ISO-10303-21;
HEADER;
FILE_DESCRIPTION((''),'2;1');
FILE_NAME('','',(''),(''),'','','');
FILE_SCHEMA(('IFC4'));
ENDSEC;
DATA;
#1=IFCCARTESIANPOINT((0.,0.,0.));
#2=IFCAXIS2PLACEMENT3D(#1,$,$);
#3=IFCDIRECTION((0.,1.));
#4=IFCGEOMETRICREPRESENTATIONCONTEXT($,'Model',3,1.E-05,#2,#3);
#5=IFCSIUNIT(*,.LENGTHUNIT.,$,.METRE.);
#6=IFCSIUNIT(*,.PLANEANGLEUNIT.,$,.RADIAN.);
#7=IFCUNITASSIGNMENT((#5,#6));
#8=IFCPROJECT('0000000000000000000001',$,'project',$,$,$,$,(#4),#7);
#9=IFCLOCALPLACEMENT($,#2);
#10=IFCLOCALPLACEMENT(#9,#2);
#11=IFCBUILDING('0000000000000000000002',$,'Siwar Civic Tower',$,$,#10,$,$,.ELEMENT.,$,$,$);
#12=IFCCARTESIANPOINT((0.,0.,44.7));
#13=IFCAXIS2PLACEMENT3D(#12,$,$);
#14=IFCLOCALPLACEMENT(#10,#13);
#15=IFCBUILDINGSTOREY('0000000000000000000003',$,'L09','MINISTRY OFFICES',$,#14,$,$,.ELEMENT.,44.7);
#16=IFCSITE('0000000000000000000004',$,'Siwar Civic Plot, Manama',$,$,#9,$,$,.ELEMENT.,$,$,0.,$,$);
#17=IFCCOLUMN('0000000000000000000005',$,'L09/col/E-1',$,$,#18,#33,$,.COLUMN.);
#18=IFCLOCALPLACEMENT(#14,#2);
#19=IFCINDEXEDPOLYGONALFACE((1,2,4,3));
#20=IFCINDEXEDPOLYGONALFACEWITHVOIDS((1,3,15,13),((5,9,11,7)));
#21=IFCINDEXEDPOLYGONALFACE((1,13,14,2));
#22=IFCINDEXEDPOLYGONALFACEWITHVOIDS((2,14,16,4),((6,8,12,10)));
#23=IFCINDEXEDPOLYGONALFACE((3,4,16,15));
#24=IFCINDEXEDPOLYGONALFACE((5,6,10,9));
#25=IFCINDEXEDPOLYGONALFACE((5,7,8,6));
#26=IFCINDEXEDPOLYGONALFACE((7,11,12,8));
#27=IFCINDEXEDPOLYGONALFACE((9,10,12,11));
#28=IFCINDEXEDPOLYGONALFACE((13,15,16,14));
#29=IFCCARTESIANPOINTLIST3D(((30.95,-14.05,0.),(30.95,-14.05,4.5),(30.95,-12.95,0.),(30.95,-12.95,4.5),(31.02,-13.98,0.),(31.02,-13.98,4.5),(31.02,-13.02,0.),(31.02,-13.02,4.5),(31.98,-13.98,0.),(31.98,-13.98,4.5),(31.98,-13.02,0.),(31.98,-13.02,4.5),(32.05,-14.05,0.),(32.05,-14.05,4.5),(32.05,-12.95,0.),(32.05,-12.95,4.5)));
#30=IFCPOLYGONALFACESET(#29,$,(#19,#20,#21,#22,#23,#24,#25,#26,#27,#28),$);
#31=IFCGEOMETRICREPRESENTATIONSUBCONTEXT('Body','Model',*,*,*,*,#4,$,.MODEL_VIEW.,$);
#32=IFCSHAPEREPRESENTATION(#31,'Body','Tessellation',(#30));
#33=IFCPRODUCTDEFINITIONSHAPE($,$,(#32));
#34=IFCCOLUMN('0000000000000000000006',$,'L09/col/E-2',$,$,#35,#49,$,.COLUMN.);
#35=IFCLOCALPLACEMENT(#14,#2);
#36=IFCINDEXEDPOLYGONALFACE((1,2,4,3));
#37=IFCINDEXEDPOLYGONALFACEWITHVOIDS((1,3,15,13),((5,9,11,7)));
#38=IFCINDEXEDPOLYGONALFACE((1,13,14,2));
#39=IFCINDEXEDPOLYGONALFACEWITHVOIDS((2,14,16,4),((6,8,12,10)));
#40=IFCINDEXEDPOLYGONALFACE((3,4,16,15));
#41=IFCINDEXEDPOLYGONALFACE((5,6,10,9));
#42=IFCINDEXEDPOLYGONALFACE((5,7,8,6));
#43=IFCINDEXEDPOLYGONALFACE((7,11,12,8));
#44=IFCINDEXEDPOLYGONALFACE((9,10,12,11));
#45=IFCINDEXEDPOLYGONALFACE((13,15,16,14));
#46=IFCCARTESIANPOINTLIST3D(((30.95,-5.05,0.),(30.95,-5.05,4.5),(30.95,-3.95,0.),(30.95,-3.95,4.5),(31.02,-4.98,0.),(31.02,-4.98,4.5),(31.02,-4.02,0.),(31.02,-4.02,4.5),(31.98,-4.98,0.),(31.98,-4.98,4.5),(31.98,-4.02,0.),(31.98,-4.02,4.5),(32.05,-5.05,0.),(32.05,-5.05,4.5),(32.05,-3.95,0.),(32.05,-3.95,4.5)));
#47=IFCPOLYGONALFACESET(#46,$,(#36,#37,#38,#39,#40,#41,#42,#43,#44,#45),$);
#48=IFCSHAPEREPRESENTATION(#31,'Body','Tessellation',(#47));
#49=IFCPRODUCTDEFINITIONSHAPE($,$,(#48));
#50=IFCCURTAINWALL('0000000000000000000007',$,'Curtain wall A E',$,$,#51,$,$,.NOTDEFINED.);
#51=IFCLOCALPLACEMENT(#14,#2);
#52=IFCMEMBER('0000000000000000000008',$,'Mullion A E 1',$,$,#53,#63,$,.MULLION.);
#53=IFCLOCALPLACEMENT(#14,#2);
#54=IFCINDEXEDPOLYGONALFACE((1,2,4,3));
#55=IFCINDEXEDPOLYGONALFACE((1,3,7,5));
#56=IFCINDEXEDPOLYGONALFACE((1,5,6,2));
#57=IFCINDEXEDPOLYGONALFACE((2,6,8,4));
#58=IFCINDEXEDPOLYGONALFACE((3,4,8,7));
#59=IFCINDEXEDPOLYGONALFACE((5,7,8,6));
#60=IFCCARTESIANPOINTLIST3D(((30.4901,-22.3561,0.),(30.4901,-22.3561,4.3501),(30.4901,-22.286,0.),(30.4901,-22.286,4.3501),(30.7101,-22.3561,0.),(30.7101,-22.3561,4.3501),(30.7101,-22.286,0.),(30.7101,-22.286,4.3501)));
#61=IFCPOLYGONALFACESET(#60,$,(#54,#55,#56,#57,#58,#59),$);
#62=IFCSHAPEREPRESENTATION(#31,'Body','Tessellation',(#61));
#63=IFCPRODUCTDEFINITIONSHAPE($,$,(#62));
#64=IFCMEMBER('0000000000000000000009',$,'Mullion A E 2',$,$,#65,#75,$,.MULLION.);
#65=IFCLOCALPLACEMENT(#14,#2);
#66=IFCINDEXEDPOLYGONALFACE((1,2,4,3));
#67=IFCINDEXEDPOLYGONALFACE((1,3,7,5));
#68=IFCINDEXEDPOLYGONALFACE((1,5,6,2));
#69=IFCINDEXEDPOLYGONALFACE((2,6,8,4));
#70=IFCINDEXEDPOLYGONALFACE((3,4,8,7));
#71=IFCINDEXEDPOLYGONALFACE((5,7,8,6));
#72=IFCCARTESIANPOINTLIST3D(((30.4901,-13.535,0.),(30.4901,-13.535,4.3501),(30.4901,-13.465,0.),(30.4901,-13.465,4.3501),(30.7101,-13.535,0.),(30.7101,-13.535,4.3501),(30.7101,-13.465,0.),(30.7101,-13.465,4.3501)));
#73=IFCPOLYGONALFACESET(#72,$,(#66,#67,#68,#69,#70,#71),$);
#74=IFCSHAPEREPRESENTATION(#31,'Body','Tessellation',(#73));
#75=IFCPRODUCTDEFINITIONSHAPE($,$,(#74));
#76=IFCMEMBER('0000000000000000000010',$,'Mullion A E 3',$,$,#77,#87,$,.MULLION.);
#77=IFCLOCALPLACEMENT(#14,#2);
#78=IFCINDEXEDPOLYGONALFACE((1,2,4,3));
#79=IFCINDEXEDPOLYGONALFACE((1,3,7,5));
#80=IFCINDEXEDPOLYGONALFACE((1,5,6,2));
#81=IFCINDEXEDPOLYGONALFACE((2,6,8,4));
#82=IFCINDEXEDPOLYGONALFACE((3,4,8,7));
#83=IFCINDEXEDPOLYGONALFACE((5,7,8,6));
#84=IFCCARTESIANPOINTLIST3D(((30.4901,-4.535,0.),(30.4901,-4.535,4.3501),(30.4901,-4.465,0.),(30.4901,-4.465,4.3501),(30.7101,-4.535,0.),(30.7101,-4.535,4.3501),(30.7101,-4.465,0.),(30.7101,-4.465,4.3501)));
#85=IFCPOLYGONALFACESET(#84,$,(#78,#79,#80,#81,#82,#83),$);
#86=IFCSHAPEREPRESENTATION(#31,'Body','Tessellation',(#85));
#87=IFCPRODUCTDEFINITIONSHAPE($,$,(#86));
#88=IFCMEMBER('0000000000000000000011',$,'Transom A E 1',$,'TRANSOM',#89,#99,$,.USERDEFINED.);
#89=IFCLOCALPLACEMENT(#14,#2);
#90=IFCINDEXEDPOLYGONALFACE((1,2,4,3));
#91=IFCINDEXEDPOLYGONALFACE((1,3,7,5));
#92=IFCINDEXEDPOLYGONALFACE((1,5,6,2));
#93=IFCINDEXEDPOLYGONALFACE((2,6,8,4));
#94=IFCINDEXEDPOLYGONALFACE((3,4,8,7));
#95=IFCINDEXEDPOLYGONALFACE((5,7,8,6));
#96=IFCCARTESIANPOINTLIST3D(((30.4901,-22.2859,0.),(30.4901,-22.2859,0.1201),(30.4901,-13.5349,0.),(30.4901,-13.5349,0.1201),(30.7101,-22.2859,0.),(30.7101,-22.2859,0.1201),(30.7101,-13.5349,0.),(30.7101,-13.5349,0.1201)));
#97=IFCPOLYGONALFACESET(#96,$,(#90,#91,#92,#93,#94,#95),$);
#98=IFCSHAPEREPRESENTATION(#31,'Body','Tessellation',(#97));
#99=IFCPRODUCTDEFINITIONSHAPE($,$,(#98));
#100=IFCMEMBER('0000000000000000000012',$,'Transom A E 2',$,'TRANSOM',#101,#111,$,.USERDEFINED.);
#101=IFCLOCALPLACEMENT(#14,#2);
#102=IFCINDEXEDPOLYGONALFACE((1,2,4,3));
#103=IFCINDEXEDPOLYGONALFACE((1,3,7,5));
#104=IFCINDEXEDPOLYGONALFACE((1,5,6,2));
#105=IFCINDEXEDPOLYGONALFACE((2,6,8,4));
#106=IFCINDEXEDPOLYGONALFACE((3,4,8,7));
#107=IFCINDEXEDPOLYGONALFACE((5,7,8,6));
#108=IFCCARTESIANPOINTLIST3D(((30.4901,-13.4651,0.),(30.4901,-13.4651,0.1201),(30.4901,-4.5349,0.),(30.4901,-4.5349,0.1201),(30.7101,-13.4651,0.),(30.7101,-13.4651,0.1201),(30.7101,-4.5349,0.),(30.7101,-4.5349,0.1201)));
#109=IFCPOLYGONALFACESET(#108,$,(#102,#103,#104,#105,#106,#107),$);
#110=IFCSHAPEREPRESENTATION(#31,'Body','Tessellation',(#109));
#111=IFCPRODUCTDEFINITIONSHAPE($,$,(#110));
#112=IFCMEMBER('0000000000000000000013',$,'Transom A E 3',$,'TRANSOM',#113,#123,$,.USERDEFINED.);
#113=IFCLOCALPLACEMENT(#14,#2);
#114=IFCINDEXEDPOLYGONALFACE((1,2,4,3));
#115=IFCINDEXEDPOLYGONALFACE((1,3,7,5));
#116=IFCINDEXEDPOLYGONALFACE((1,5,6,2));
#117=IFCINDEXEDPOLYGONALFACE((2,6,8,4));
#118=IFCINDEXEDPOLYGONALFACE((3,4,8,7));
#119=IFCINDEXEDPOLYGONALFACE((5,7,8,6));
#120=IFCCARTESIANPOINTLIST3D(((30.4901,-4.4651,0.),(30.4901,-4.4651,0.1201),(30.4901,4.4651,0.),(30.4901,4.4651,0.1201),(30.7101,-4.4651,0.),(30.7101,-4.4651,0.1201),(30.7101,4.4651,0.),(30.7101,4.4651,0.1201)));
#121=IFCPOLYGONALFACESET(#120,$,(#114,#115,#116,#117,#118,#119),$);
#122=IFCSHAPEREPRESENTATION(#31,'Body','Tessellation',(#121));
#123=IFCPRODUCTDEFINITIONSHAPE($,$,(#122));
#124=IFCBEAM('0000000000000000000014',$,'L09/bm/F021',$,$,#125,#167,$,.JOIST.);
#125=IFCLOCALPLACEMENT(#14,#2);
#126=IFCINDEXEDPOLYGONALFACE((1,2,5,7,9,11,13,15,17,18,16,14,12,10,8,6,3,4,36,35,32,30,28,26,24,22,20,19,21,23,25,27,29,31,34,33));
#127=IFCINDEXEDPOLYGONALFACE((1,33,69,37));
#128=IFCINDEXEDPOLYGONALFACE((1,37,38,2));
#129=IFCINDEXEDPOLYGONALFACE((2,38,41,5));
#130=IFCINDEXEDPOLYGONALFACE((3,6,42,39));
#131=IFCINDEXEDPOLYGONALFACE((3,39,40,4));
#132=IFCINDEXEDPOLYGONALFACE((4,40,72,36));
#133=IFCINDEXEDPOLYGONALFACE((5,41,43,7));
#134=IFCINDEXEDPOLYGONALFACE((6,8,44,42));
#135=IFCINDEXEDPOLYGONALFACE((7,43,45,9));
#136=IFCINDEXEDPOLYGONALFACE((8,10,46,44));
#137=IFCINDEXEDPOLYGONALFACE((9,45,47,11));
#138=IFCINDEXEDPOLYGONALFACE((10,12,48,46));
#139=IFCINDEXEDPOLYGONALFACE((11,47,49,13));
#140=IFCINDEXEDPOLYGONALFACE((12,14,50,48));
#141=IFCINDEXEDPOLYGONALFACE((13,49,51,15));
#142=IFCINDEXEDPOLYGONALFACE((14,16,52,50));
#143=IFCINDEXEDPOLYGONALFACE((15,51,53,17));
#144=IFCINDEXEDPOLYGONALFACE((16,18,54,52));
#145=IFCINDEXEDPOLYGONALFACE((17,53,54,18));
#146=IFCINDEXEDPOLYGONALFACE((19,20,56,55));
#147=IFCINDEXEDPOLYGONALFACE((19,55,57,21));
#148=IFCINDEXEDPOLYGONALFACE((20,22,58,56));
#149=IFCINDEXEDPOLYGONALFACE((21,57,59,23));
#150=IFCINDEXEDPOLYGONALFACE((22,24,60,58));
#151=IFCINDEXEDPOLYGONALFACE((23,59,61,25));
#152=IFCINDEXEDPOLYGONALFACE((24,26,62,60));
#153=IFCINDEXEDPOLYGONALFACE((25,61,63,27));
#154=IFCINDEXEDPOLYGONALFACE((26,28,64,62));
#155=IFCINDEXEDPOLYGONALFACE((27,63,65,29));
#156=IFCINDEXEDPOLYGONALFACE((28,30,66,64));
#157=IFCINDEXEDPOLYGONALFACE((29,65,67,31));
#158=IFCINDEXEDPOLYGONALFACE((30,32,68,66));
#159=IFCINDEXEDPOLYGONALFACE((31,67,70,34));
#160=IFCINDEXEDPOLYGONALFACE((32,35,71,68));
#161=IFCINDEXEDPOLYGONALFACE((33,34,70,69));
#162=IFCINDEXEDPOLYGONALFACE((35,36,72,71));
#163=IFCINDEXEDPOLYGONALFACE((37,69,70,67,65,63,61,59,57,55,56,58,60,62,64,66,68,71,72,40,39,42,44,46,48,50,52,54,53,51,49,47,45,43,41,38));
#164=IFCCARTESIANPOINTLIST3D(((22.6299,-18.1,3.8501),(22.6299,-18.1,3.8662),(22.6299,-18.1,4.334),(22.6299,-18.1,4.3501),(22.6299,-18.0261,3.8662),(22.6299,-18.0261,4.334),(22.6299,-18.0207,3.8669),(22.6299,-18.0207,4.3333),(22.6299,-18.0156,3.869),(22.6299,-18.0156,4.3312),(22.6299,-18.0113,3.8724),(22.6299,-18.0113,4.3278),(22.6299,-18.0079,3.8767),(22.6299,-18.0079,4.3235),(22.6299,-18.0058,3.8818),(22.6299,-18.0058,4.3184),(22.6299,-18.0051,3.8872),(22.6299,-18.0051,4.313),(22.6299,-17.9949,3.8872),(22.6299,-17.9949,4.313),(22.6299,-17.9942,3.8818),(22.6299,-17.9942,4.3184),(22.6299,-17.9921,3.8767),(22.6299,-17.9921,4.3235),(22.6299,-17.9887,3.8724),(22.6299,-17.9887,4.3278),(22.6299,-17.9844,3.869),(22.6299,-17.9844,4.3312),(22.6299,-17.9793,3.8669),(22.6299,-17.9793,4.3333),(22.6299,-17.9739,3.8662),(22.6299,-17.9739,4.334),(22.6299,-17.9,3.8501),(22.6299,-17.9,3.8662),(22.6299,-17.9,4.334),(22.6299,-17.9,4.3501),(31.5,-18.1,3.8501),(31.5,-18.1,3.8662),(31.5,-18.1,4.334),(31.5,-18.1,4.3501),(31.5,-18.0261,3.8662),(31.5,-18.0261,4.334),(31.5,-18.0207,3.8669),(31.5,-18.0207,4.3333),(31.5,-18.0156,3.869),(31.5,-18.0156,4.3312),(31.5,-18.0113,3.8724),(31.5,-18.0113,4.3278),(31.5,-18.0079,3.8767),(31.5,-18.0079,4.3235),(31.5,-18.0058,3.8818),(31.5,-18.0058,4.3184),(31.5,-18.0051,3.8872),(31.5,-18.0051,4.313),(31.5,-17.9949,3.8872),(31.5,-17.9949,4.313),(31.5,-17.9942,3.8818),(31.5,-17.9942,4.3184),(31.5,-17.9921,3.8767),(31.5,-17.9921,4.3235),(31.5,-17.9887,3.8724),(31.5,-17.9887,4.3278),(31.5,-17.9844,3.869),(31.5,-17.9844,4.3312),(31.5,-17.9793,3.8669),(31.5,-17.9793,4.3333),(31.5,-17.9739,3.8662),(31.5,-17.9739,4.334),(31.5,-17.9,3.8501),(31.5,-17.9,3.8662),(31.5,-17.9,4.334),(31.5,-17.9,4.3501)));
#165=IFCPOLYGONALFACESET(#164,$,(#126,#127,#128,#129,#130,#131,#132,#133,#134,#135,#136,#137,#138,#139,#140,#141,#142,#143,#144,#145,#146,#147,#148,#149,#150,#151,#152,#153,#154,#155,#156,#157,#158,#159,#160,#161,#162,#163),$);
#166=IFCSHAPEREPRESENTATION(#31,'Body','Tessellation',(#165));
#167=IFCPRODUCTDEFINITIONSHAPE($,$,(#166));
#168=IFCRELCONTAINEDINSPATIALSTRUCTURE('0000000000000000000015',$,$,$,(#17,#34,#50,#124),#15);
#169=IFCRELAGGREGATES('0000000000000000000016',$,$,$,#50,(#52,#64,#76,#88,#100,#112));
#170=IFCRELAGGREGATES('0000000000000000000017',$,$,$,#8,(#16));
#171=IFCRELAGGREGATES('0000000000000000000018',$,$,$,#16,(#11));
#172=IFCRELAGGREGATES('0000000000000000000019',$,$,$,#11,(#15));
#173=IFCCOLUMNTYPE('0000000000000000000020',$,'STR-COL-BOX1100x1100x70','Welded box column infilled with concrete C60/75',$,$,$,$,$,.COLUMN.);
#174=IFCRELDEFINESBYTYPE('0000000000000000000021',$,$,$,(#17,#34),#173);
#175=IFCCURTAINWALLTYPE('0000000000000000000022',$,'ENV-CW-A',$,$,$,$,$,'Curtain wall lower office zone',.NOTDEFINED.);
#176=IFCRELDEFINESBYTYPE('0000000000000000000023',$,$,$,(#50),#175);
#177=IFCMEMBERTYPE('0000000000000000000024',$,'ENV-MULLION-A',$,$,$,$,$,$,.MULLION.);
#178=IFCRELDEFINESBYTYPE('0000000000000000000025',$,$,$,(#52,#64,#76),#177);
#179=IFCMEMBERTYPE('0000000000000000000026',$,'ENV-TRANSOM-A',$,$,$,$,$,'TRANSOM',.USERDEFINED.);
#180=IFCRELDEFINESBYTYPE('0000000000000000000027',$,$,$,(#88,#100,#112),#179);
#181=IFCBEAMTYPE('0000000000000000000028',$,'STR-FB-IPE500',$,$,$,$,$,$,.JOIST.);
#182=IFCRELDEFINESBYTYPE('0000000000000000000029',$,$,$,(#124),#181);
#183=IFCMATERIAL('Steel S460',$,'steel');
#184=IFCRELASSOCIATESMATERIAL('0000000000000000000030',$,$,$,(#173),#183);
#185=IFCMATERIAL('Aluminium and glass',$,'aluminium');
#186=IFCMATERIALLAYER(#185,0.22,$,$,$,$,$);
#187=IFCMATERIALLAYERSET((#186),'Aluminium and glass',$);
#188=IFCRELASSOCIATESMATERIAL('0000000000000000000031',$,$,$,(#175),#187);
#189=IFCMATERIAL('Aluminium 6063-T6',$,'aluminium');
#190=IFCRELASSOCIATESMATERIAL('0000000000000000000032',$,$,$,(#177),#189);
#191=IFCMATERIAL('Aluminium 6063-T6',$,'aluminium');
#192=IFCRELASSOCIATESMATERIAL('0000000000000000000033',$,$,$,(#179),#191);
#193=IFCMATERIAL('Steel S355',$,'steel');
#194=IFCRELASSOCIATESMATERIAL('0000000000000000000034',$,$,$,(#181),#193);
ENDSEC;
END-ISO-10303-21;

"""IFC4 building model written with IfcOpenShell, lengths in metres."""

from ifc_helpers import new_model, si_unit, direction, frame, origin, origin_2d, place, context, subcontext, project, spatial, rectangle, hollow_rectangle, i_section, extrude, material, layer, layer_set, material_profile, profile_set, type_object, element, aggregate, save


model = new_model("IFC4")

# Units and contexts
model_context = context("Model", 3, precision=1e-05, world=origin(), true_north=direction((0.0, 1.0)))
body_context = subcontext(model_context, "Body", "Model", "MODEL_VIEW")
ifc_project = project(units=[si_unit("LENGTHUNIT", "METRE"), si_unit("PLANEANGLEUNIT", "RADIAN")], contexts=[model_context])

# Site, building, storey
site_placement = place(None, origin())
site = spatial("IfcSite", under=ifc_project, at=site_placement, Name="Siwar Civic Plot, Manama", CompositionType="ELEMENT", RefElevation=0.0)
building_placement = place(site_placement, origin())
building = spatial("IfcBuilding", under=site, at=building_placement, Name="Siwar Civic Tower", CompositionType="ELEMENT")
storey_placement = place(building_placement, frame((0.0, 0.0, 44.7)))
storey = spatial("IfcBuildingStorey", under=building, at=storey_placement, Name="L09", Description="MINISTRY OFFICES", CompositionType="ELEMENT", Elevation=44.7)

# Columns
ifc_material_1 = material(Name="Steel S460", Category="steel")
ifc_material_profile_1 = material_profile(ifc_material_1, hollow_rectangle(XDim=1.1001, YDim=1.1001, WallThickness=0.0701, at=origin_2d()), Name="BOX1100x1100x70")
ifc_profile_set_1 = profile_set([ifc_material_profile_1], Name="Steel S460")
column_type = type_object("IfcColumnType", Name="STR-COL-BOX1100x1100x70", Description="Welded box column infilled with concrete C60/75", PredefinedType="COLUMN", material=ifc_profile_set_1)
for number, where, z_axis, x_axis, name in (
    (1, (31.5, -13.5, 0.0), (0.0, 0.0, 1.0), (1.0, 0.0, 0.0), "L09/col/E-1"),
    (2, (31.5, -4.5, 0.0), (0.0, 0.0, 1.0), (1.0, 0.0, 0.0), "L09/col/E-2"),
):
    element("IfcColumn", number, at=place(storey_placement, frame(where, z_axis=z_axis, x_axis=x_axis)), inside=storey, type_object=column_type, Name=name, PredefinedType="COLUMN", context=body_context, shape_type="SweptSolid", body=[
        extrude(hollow_rectangle(XDim=1.1001, YDim=1.1001, WallThickness=0.0701, at=origin_2d()), origin(), (0.0, 0.0, 1.0), 4.5),
    ])

# Curtain wall, members
ifc_material_2 = material(Name="Aluminium and glass", Category="aluminium")
ifc_layer_1 = layer(ifc_material_2, 0.22)
ifc_layer_set_1 = layer_set([ifc_layer_1], Name="Aluminium and glass")
curtain_wall_type = type_object("IfcCurtainWallType", Name="ENV-CW-A", ElementType="Curtain wall lower office zone", PredefinedType="NOTDEFINED", material=ifc_layer_set_1)
curtain_wall_placement = place(storey_placement, origin())
curtain_wall = element("IfcCurtainWall", 3, at=curtain_wall_placement, inside=storey, type_object=curtain_wall_type, Name="Curtain wall A E", PredefinedType="NOTDEFINED")
ifc_material_3 = material(Name="Aluminium 6063-T6", Category="aluminium")
ifc_material_profile_2 = material_profile(ifc_material_3, rectangle(XDim=0.22, YDim=0.0701, at=origin_2d()), Name="AL 220x70")
ifc_profile_set_2 = profile_set([ifc_material_profile_2], Name="Aluminium 6063-T6")
member_type_1 = type_object("IfcMemberType", Name="ENV-MULLION-A", PredefinedType="MULLION", material=ifc_profile_set_2)
member_1_placement = place(storey_placement, frame((30.6001, -22.321, 0.0), z_axis=(0.0, 0.0, 1.0), x_axis=(-1.0, 0.0, 0.0)))
member_1 = element("IfcMember", 4, at=member_1_placement, type_object=member_type_1, Name="Mullion A E 1", PredefinedType="MULLION", context=body_context, shape_type="SweptSolid", body=[
    extrude(rectangle(XDim=0.22, YDim=0.0701, at=origin_2d()), origin(), (0.0, 0.0, 1.0), 4.3501),
])
member_2_placement = place(storey_placement, frame((30.6001, -13.5, 0.0), z_axis=(0.0, 0.0, 1.0), x_axis=(-1.0, 0.0, 0.0)))
member_2 = element("IfcMember", 5, at=member_2_placement, type_object=member_type_1, Name="Mullion A E 2", PredefinedType="MULLION", context=body_context, shape_type="SweptSolid", body=[
    extrude(rectangle(XDim=0.22, YDim=0.0701, at=origin_2d()), origin(), (0.0, 0.0, 1.0), 4.3501),
])
member_3_placement = place(storey_placement, frame((30.6001, -4.5, 0.0), z_axis=(0.0, 0.0, 1.0), x_axis=(-1.0, 0.0, 0.0)))
member_3 = element("IfcMember", 6, at=member_3_placement, type_object=member_type_1, Name="Mullion A E 3", PredefinedType="MULLION", context=body_context, shape_type="SweptSolid", body=[
    extrude(rectangle(XDim=0.22, YDim=0.0701, at=origin_2d()), origin(), (0.0, 0.0, 1.0), 4.3501),
])
ifc_material_4 = material(Name="Aluminium 6063-T6", Category="aluminium")
ifc_material_profile_3 = material_profile(ifc_material_4, rectangle(XDim=0.22, YDim=0.1201, at=origin_2d()), Name="AL 220x120")
ifc_profile_set_3 = profile_set([ifc_material_profile_3], Name="Aluminium 6063-T6")
member_type_2 = type_object("IfcMemberType", Name="ENV-TRANSOM-A", ElementType="TRANSOM", PredefinedType="USERDEFINED", material=ifc_profile_set_3)
member_4_placement = place(storey_placement, frame((30.6001, -22.2859, 0.0601), z_axis=(0.0, 1.0, 0.0), x_axis=(-1.0, 0.0, 0.0)))
member_4 = element("IfcMember", 7, at=member_4_placement, type_object=member_type_2, Name="Transom A E 1", ObjectType="TRANSOM", PredefinedType="USERDEFINED", context=body_context, shape_type="SweptSolid", body=[
    extrude(rectangle(XDim=0.22, YDim=0.1201, at=origin_2d()), origin(), (0.0, 0.0, 1.0), 8.751),
])
member_5_placement = place(storey_placement, frame((30.6001, -13.4651, 0.0601), z_axis=(0.0, 1.0, 0.0), x_axis=(-1.0, 0.0, 0.0)))
member_5 = element("IfcMember", 8, at=member_5_placement, type_object=member_type_2, Name="Transom A E 2", ObjectType="TRANSOM", PredefinedType="USERDEFINED", context=body_context, shape_type="SweptSolid", body=[
    extrude(rectangle(XDim=0.22, YDim=0.1201, at=origin_2d()), origin(), (0.0, 0.0, 1.0), 8.9302),
])
member_6_placement = place(storey_placement, frame((30.6001, -4.4651, 0.0601), z_axis=(0.0, 1.0, 0.0), x_axis=(-1.0, 0.0, 0.0)))
member_6 = element("IfcMember", 9, at=member_6_placement, type_object=member_type_2, Name="Transom A E 3", ObjectType="TRANSOM", PredefinedType="USERDEFINED", context=body_context, shape_type="SweptSolid", body=[
    extrude(rectangle(XDim=0.22, YDim=0.1201, at=origin_2d()), origin(), (0.0, 0.0, 1.0), 8.9302),
])

# Beam
ifc_material_5 = material(Name="Steel S355", Category="steel")
ifc_material_profile_4 = material_profile(ifc_material_5, i_section(OverallWidth=0.2, OverallDepth=0.5, WebThickness=0.0103, FlangeThickness=0.0161, FilletRadius=0.021, at=origin_2d()), Name="IPE500")
ifc_profile_set_4 = profile_set([ifc_material_profile_4], Name="Steel S355")
beam_type_1 = type_object("IfcBeamType", Name="STR-FB-IPE500", PredefinedType="JOIST", material=ifc_profile_set_4)
beam_1_placement = place(storey_placement, frame((22.6299, -18.0, 4.1001), z_axis=(1.0, 0.0, 0.0), x_axis=(0.0, 1.0, 0.0)))
element("IfcBeam", 10, at=beam_1_placement, inside=storey, type_object=beam_type_1, Name="L09/bm/F021", PredefinedType="JOIST", context=body_context, shape_type="SweptSolid", body=[
    extrude(i_section(OverallWidth=0.2, OverallDepth=0.5, WebThickness=0.0103, FlangeThickness=0.0161, FilletRadius=0.021, at=origin_2d()), origin(), (0.0, 0.0, 1.0), 8.8701),
])

aggregate(curtain_wall, [member_1, member_2, member_3, member_4, member_5, member_6])

save(model, "model.ifc")
